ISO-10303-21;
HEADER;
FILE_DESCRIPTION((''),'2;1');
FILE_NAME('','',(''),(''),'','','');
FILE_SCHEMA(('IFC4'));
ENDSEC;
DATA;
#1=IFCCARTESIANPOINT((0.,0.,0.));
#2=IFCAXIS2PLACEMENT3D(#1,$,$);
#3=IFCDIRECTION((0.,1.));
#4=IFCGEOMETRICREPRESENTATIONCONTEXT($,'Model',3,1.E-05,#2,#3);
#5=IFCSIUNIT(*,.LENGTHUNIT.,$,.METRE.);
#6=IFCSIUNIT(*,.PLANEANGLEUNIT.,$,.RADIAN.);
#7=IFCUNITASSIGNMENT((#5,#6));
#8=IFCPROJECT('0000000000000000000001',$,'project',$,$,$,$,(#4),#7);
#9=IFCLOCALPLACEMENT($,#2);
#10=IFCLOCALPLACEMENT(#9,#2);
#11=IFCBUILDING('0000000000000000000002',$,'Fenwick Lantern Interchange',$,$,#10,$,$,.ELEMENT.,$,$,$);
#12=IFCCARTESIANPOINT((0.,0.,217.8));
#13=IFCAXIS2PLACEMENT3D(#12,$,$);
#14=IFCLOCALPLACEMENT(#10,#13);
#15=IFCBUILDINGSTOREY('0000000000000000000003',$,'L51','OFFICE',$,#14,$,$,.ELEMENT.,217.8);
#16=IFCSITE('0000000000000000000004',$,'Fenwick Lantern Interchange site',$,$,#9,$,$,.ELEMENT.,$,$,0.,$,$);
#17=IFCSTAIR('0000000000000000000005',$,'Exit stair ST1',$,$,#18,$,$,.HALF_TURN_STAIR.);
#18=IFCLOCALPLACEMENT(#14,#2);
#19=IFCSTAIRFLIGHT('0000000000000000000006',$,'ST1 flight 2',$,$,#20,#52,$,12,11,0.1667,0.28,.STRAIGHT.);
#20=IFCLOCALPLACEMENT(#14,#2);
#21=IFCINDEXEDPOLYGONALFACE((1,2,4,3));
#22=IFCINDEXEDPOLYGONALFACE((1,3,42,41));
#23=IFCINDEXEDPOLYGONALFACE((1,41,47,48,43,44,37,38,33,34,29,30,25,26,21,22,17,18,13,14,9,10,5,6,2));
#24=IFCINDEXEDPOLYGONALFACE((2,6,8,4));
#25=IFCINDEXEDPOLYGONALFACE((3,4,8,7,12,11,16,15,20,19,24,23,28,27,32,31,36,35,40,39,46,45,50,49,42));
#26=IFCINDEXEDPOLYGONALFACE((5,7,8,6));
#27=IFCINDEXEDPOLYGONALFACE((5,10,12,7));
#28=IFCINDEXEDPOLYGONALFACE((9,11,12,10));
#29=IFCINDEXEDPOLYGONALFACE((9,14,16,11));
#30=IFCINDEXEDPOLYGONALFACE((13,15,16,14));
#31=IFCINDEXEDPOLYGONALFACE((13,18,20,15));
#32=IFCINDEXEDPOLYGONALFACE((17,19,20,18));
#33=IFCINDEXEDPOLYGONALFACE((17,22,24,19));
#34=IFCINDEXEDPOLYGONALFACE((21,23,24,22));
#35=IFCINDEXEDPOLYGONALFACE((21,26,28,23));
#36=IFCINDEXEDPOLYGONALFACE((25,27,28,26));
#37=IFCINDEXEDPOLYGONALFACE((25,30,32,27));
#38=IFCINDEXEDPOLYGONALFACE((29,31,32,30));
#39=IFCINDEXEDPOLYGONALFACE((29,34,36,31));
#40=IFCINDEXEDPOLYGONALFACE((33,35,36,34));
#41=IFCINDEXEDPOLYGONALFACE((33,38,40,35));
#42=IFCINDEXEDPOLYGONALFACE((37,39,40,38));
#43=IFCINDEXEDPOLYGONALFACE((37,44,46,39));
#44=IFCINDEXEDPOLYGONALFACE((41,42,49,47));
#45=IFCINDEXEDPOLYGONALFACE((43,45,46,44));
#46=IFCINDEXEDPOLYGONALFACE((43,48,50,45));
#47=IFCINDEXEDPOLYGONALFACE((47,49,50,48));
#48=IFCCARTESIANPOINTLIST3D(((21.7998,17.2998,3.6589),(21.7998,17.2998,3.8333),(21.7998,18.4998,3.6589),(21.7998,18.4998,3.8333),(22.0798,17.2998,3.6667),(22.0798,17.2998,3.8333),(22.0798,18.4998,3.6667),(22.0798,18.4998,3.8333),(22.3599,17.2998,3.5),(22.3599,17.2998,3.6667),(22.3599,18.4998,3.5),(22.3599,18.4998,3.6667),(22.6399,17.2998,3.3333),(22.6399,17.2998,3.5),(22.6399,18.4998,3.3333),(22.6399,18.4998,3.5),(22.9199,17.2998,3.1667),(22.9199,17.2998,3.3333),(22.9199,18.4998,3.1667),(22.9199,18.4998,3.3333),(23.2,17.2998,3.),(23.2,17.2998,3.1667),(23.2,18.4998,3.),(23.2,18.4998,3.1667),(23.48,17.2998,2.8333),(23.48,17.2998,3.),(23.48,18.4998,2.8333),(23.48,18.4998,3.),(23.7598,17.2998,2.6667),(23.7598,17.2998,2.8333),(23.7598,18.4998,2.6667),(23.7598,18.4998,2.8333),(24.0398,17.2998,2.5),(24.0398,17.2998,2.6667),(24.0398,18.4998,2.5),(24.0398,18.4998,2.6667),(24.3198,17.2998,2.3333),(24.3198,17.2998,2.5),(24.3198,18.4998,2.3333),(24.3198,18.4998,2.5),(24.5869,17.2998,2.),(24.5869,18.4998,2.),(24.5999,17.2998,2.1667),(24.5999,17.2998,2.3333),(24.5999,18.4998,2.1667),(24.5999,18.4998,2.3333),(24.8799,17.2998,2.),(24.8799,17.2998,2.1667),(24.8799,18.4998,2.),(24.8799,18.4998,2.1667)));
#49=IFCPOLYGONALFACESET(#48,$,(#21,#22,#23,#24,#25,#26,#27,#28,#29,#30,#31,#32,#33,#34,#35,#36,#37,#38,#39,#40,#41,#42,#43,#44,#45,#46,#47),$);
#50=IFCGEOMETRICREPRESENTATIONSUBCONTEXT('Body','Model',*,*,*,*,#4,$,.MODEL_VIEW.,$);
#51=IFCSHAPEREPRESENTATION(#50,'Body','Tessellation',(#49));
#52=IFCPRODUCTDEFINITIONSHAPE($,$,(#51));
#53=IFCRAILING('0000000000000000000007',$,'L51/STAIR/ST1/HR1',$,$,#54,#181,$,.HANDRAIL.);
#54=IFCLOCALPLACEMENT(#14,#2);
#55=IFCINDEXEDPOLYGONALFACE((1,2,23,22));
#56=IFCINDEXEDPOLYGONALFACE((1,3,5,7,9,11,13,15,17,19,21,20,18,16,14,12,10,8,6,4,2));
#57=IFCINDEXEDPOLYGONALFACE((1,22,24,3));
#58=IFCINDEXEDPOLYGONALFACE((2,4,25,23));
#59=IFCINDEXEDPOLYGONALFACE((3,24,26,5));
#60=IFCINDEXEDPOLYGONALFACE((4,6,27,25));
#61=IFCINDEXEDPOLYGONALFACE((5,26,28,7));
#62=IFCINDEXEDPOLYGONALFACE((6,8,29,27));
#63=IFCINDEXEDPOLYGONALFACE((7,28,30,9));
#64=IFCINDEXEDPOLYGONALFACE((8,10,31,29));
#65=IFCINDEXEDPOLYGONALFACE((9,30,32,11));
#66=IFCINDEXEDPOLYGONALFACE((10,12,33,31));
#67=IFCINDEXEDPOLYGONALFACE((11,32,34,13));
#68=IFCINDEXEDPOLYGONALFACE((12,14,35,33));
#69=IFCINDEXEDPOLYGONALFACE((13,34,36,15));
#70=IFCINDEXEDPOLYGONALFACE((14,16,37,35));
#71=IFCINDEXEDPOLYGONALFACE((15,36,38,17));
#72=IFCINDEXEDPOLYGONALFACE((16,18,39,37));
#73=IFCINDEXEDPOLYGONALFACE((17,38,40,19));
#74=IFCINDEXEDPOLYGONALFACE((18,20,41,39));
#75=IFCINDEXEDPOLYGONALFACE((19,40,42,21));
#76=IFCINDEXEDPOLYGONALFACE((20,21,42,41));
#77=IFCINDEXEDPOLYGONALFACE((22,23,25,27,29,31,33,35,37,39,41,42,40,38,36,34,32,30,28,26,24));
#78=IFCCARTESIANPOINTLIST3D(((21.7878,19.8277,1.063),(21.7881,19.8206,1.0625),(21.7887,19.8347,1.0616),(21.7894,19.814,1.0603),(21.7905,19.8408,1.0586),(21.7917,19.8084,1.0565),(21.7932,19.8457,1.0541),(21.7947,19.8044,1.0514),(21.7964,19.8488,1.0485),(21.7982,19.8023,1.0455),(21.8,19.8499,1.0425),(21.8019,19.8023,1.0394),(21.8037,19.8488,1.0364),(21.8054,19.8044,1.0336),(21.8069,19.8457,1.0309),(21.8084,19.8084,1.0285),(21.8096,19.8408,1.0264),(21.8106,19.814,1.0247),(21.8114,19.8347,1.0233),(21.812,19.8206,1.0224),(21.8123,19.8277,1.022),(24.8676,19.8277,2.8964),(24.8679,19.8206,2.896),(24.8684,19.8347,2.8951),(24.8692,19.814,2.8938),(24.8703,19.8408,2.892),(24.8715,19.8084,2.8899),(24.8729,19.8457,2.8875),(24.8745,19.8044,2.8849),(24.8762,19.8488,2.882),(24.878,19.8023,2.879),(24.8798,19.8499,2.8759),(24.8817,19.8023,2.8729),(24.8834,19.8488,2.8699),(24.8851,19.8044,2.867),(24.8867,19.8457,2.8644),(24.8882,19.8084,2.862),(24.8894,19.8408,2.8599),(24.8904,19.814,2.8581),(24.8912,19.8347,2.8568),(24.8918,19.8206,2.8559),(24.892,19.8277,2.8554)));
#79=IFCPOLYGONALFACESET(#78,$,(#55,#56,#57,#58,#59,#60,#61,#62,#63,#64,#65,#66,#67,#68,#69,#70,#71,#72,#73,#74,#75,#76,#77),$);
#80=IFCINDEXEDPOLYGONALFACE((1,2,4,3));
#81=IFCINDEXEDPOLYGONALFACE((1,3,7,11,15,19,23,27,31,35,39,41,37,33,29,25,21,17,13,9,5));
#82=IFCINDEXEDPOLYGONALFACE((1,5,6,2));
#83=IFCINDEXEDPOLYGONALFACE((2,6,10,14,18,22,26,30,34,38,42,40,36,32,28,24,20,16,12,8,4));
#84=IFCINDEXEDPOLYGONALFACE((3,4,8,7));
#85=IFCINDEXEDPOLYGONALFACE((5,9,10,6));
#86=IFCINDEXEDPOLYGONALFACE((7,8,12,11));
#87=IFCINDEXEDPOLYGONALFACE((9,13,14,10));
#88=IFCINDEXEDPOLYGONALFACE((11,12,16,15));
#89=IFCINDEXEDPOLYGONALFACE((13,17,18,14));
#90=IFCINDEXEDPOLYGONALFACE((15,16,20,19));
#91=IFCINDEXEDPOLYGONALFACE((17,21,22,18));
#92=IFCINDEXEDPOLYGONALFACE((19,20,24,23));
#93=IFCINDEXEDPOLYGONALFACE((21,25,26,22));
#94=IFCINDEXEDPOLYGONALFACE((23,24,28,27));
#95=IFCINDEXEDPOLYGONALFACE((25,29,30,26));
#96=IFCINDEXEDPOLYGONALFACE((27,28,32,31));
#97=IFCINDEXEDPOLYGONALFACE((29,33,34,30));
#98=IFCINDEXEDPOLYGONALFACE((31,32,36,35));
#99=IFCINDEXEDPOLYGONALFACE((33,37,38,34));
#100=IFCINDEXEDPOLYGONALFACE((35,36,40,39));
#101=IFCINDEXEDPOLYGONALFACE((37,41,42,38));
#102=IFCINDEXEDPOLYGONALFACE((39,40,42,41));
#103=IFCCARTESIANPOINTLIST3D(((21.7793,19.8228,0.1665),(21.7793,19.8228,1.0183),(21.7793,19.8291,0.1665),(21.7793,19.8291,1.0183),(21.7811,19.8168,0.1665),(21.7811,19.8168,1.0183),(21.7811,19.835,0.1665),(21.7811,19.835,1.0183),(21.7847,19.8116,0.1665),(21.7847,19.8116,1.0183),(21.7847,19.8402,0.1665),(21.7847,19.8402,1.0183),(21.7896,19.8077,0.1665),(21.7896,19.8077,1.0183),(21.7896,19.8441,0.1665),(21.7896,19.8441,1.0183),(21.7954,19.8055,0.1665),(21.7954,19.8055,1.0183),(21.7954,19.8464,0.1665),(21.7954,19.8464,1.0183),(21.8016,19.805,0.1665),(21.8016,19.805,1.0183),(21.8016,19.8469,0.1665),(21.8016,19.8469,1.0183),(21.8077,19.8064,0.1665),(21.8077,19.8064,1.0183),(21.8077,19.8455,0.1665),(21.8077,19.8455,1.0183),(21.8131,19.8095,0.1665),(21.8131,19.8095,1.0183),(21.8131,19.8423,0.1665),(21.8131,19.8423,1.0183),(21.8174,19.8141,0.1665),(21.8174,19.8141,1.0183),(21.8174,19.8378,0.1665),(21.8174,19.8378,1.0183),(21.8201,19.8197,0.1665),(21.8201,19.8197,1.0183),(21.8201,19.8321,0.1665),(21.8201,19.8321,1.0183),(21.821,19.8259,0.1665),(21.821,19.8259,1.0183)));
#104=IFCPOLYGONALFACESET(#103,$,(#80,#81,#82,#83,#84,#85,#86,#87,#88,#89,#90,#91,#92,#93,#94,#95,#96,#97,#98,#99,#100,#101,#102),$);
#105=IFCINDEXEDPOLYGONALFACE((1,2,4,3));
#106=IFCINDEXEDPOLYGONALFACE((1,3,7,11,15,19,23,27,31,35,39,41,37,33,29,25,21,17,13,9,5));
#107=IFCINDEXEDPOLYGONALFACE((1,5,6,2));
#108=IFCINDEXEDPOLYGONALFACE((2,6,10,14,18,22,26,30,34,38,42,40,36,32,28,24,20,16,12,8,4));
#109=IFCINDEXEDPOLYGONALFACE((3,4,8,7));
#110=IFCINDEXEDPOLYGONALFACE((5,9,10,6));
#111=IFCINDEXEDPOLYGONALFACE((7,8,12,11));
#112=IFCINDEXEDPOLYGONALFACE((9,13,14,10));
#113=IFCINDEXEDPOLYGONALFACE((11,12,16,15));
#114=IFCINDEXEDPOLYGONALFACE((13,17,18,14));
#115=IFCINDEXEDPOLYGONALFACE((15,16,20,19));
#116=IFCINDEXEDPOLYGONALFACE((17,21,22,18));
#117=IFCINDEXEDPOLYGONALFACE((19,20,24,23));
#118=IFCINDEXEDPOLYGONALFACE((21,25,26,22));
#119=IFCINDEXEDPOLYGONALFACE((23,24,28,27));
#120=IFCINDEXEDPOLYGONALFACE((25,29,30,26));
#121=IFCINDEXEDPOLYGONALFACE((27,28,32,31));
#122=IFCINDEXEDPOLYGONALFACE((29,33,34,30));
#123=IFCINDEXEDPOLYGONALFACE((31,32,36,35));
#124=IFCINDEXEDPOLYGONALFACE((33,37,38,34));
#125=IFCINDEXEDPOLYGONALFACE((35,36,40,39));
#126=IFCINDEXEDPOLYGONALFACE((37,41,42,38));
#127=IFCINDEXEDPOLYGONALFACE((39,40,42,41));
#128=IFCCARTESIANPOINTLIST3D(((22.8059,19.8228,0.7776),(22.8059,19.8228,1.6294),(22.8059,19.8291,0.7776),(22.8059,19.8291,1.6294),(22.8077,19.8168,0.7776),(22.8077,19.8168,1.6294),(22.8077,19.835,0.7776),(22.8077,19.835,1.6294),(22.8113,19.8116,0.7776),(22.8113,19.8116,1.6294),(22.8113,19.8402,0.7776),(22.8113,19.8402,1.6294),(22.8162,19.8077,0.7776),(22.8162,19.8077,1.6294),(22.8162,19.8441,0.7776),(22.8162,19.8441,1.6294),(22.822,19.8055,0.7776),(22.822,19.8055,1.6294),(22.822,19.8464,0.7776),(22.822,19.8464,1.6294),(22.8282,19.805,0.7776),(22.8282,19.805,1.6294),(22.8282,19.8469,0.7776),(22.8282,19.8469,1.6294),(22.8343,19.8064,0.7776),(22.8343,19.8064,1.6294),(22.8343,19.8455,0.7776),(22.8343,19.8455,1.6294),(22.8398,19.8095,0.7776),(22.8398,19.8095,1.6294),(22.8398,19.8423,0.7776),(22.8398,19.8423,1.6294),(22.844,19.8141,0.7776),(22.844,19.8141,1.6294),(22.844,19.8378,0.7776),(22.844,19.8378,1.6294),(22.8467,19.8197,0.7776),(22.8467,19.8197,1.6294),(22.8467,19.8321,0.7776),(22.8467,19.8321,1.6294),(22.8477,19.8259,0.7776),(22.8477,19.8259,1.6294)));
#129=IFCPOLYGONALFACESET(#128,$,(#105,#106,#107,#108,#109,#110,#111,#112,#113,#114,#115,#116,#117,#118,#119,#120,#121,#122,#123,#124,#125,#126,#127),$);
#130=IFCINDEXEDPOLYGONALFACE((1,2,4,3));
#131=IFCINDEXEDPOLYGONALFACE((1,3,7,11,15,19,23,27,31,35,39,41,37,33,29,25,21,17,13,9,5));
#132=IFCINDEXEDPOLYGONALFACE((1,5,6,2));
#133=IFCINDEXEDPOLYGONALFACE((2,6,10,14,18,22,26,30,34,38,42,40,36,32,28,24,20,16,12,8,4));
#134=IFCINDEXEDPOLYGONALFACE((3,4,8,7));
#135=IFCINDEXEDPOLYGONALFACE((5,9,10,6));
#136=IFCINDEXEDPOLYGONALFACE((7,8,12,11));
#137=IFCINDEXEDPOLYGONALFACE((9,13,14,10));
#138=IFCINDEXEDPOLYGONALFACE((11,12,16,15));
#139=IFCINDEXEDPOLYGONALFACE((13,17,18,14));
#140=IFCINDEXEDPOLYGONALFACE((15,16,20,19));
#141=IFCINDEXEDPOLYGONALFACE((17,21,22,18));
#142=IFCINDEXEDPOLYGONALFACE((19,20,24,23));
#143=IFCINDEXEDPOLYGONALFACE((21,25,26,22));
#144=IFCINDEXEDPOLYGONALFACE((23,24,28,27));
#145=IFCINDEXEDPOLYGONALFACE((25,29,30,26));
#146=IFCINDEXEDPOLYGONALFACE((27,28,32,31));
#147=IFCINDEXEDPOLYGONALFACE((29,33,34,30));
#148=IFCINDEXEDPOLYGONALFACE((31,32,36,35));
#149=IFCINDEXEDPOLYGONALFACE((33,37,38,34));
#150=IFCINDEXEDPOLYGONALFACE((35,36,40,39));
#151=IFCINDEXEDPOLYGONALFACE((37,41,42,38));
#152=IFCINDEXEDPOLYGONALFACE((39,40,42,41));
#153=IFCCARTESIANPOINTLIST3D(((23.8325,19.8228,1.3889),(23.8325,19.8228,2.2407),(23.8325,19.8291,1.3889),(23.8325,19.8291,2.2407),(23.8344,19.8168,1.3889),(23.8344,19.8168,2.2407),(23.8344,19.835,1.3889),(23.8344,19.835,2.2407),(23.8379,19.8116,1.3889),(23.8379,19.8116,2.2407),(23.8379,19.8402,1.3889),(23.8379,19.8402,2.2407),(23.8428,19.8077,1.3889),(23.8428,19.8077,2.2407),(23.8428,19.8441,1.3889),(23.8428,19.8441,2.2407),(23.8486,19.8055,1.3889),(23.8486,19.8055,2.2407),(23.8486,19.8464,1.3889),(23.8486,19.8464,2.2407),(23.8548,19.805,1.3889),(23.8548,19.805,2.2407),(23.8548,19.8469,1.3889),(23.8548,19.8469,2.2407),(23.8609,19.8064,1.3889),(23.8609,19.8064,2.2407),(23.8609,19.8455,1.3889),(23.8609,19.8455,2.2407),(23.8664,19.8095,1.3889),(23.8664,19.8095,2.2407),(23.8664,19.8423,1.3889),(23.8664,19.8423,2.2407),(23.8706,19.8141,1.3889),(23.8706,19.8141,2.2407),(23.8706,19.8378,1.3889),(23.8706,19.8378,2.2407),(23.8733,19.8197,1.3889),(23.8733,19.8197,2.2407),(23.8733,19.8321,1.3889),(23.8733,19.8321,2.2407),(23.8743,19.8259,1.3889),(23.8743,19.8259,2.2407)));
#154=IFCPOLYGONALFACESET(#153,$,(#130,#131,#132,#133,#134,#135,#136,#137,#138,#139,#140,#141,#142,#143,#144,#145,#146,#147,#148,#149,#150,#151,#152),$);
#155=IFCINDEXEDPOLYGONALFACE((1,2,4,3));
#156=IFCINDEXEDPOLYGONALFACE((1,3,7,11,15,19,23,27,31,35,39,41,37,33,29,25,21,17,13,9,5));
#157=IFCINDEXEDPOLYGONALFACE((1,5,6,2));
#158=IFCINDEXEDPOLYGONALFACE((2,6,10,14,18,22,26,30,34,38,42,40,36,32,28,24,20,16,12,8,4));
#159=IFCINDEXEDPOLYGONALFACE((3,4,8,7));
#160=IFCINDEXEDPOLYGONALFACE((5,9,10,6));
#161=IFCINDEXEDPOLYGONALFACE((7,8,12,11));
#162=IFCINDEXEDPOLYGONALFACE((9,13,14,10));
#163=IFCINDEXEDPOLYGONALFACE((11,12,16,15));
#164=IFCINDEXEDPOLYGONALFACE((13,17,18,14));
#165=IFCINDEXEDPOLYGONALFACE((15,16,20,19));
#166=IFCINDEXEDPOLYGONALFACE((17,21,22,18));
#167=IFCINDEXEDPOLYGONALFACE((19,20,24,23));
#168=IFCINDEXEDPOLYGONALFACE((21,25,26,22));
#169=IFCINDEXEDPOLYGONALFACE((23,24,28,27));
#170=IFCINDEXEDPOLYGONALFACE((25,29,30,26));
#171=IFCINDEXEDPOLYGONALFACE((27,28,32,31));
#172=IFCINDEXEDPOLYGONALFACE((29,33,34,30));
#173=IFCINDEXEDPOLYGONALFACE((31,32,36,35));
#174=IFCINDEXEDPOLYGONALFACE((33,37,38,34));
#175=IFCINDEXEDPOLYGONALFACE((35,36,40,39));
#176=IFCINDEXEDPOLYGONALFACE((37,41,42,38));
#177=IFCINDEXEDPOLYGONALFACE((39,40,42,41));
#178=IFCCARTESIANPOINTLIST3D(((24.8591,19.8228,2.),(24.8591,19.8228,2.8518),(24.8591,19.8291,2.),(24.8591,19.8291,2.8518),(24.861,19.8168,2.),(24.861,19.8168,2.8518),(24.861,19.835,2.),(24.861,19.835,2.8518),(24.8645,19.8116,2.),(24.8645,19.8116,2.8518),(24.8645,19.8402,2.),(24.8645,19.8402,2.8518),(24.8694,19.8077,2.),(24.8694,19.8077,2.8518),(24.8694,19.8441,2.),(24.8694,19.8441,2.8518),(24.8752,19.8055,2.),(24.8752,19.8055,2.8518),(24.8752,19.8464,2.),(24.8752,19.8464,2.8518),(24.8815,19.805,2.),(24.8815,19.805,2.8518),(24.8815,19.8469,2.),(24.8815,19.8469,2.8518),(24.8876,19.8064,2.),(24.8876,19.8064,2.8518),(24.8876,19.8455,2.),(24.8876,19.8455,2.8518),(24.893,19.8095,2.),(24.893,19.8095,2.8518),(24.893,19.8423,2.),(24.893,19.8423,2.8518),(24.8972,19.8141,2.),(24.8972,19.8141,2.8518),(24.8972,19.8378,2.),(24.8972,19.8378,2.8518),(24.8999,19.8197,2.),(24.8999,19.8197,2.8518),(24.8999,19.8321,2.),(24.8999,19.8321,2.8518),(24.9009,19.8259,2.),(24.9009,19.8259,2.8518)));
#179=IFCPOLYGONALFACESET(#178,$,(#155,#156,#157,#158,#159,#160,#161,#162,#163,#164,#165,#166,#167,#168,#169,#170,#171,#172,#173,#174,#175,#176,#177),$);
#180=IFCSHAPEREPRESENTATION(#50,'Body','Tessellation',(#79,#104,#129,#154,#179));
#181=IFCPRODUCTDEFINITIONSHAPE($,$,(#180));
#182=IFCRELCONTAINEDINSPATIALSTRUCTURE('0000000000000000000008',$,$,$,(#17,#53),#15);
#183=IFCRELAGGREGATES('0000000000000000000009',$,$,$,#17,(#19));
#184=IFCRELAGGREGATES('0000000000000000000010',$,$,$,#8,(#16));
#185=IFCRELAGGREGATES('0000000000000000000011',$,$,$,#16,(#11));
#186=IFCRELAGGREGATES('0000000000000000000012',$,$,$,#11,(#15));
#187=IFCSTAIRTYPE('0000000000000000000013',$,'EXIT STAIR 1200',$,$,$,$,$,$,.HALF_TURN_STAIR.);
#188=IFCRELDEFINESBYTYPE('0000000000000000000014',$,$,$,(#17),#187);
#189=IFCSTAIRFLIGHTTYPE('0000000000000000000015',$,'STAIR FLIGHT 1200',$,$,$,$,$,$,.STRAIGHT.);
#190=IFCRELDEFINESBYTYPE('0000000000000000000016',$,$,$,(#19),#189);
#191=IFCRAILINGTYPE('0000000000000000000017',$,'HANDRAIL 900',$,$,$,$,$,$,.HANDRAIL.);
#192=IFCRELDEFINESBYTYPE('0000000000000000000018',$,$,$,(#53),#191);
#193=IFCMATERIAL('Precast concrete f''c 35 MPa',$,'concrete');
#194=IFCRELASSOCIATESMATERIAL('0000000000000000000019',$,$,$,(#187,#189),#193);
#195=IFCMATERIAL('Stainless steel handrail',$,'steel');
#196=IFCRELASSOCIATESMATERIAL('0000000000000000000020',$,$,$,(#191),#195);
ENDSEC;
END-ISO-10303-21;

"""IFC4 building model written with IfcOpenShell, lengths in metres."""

from ifc_helpers import new_model, si_unit, direction, frame, origin, origin_2d, place, context, subcontext, project, spatial, polyline, circle, outline, extrude, material, type_object, element, aggregate, save


model = new_model("IFC4")

# Units and contexts
model_context = context("Model", 3, precision=1e-05, world=origin(), true_north=direction((0.0, 1.0)))
body_context = subcontext(model_context, "Body", "Model", "MODEL_VIEW")
ifc_project = project(units=[si_unit("LENGTHUNIT", "METRE"), si_unit("PLANEANGLEUNIT", "RADIAN")], contexts=[model_context])

# Site, building, storey
site_placement = place(None, origin())
site = spatial("IfcSite", under=ifc_project, at=site_placement, Name="Fenwick Lantern Interchange site", CompositionType="ELEMENT", RefElevation=0.0)
building_placement = place(site_placement, origin())
building = spatial("IfcBuilding", under=site, at=building_placement, Name="Fenwick Lantern Interchange", CompositionType="ELEMENT")
storey_placement = place(building_placement, frame((0.0, 0.0, 217.8)))
storey = spatial("IfcBuildingStorey", under=building, at=storey_placement, Name="L51", Description="OFFICE", CompositionType="ELEMENT", Elevation=217.8)

# Stair, stair flight
ifc_material_1 = material(Name="Precast concrete f'c 35 MPa", Category="concrete")
stair_type = type_object("IfcStairType", Name="EXIT STAIR 1200", PredefinedType="HALF_TURN_STAIR", material=ifc_material_1)
stair_placement = place(storey_placement, origin())
stair = element("IfcStair", 1, at=stair_placement, inside=storey, type_object=stair_type, Name="Exit stair ST1", PredefinedType="HALF_TURN_STAIR")
stair_flight_type = type_object("IfcStairFlightType", Name="STAIR FLIGHT 1200", PredefinedType="STRAIGHT", material=ifc_material_1)
stair_flight_1_placement = place(storey_placement, frame((24.8799, 17.8999, 2.0), z_axis=(0.0, 0.0, 1.0), x_axis=(-1.0, 0.0, 0.0)))
stair_flight_1 = element("IfcStairFlight", 2, at=stair_flight_1_placement, type_object=stair_flight_type, Name="ST1 flight 2", NumberOfRisers=12, NumberOfTreads=11, PredefinedType="STRAIGHT", RiserHeight=0.1667, TreadLength=0.28, context=body_context, shape_type="SweptSolid", body=[
    extrude(outline(polyline([(0.0, 0.0), (0.0, 0.1667), (0.28, 0.1667), (0.28, 0.3333), (0.5601, 0.3333), (0.5601, 0.5), (0.8401, 0.5), (0.8401, 0.6667), (1.1201, 0.6667), (1.1201, 0.8333), (1.3999, 0.8333), (1.3999, 1.0), (1.6799, 1.0), (1.6799, 1.1667), (1.96, 1.1667), (1.96, 1.3333), (2.24, 1.3333), (2.24, 1.5), (2.52, 1.5), (2.52, 1.6667), (2.8, 1.6667), (2.8, 1.8333), (3.0801, 1.8333), (3.0801, 2.0), (3.0801, 1.6589), (0.293, 0.0), (0.0, 0.0)])), frame((0.0, 0.6001, 0.0), z_axis=(0.0, -1.0, 0.0), x_axis=(1.0, 0.0, 0.0)), (0.0, 0.0, 1.0), 1.2),
])
aggregate(stair, [stair_flight_1])

# Railing
ifc_material_2 = material(Name="Stainless steel handrail", Category="steel")
railing_type = type_object("IfcRailingType", Name="HANDRAIL 900", PredefinedType="HANDRAIL", material=ifc_material_2)
railing_1_placement = place(storey_placement, frame((21.8, 19.8259, 0.1665)))
element("IfcRailing", 3, at=railing_1_placement, inside=storey, type_object=railing_type, Name="L51/STAIR/ST1/HR1", PredefinedType="HANDRAIL", context=body_context, shape_type="SweptSolid", body=[
    extrude(circle(Radius=0.0239, at=origin_2d()), frame((0.0, 0.0, 0.876), z_axis=(0.859261, 0.0, 0.511538), x_axis=(0.0, 1.0, 0.0)), (0.0, 0.0, 1.0), 3.5842),
    extrude(circle(Radius=0.021, at=origin_2d()), origin(), (0.0, 0.0, 1.0), 0.8518),
    extrude(circle(Radius=0.021, at=origin_2d()), frame((1.0266, 0.0, 0.6111)), (0.0, 0.0, 1.0), 0.8518),
    extrude(circle(Radius=0.021, at=origin_2d()), frame((2.0532, 0.0, 1.2224)), (0.0, 0.0, 1.0), 0.8518),
    extrude(circle(Radius=0.021, at=origin_2d()), frame((3.0798, 0.0, 1.8335)), (0.0, 0.0, 1.0), 0.8518),
])

save(model, "model.ifc")
